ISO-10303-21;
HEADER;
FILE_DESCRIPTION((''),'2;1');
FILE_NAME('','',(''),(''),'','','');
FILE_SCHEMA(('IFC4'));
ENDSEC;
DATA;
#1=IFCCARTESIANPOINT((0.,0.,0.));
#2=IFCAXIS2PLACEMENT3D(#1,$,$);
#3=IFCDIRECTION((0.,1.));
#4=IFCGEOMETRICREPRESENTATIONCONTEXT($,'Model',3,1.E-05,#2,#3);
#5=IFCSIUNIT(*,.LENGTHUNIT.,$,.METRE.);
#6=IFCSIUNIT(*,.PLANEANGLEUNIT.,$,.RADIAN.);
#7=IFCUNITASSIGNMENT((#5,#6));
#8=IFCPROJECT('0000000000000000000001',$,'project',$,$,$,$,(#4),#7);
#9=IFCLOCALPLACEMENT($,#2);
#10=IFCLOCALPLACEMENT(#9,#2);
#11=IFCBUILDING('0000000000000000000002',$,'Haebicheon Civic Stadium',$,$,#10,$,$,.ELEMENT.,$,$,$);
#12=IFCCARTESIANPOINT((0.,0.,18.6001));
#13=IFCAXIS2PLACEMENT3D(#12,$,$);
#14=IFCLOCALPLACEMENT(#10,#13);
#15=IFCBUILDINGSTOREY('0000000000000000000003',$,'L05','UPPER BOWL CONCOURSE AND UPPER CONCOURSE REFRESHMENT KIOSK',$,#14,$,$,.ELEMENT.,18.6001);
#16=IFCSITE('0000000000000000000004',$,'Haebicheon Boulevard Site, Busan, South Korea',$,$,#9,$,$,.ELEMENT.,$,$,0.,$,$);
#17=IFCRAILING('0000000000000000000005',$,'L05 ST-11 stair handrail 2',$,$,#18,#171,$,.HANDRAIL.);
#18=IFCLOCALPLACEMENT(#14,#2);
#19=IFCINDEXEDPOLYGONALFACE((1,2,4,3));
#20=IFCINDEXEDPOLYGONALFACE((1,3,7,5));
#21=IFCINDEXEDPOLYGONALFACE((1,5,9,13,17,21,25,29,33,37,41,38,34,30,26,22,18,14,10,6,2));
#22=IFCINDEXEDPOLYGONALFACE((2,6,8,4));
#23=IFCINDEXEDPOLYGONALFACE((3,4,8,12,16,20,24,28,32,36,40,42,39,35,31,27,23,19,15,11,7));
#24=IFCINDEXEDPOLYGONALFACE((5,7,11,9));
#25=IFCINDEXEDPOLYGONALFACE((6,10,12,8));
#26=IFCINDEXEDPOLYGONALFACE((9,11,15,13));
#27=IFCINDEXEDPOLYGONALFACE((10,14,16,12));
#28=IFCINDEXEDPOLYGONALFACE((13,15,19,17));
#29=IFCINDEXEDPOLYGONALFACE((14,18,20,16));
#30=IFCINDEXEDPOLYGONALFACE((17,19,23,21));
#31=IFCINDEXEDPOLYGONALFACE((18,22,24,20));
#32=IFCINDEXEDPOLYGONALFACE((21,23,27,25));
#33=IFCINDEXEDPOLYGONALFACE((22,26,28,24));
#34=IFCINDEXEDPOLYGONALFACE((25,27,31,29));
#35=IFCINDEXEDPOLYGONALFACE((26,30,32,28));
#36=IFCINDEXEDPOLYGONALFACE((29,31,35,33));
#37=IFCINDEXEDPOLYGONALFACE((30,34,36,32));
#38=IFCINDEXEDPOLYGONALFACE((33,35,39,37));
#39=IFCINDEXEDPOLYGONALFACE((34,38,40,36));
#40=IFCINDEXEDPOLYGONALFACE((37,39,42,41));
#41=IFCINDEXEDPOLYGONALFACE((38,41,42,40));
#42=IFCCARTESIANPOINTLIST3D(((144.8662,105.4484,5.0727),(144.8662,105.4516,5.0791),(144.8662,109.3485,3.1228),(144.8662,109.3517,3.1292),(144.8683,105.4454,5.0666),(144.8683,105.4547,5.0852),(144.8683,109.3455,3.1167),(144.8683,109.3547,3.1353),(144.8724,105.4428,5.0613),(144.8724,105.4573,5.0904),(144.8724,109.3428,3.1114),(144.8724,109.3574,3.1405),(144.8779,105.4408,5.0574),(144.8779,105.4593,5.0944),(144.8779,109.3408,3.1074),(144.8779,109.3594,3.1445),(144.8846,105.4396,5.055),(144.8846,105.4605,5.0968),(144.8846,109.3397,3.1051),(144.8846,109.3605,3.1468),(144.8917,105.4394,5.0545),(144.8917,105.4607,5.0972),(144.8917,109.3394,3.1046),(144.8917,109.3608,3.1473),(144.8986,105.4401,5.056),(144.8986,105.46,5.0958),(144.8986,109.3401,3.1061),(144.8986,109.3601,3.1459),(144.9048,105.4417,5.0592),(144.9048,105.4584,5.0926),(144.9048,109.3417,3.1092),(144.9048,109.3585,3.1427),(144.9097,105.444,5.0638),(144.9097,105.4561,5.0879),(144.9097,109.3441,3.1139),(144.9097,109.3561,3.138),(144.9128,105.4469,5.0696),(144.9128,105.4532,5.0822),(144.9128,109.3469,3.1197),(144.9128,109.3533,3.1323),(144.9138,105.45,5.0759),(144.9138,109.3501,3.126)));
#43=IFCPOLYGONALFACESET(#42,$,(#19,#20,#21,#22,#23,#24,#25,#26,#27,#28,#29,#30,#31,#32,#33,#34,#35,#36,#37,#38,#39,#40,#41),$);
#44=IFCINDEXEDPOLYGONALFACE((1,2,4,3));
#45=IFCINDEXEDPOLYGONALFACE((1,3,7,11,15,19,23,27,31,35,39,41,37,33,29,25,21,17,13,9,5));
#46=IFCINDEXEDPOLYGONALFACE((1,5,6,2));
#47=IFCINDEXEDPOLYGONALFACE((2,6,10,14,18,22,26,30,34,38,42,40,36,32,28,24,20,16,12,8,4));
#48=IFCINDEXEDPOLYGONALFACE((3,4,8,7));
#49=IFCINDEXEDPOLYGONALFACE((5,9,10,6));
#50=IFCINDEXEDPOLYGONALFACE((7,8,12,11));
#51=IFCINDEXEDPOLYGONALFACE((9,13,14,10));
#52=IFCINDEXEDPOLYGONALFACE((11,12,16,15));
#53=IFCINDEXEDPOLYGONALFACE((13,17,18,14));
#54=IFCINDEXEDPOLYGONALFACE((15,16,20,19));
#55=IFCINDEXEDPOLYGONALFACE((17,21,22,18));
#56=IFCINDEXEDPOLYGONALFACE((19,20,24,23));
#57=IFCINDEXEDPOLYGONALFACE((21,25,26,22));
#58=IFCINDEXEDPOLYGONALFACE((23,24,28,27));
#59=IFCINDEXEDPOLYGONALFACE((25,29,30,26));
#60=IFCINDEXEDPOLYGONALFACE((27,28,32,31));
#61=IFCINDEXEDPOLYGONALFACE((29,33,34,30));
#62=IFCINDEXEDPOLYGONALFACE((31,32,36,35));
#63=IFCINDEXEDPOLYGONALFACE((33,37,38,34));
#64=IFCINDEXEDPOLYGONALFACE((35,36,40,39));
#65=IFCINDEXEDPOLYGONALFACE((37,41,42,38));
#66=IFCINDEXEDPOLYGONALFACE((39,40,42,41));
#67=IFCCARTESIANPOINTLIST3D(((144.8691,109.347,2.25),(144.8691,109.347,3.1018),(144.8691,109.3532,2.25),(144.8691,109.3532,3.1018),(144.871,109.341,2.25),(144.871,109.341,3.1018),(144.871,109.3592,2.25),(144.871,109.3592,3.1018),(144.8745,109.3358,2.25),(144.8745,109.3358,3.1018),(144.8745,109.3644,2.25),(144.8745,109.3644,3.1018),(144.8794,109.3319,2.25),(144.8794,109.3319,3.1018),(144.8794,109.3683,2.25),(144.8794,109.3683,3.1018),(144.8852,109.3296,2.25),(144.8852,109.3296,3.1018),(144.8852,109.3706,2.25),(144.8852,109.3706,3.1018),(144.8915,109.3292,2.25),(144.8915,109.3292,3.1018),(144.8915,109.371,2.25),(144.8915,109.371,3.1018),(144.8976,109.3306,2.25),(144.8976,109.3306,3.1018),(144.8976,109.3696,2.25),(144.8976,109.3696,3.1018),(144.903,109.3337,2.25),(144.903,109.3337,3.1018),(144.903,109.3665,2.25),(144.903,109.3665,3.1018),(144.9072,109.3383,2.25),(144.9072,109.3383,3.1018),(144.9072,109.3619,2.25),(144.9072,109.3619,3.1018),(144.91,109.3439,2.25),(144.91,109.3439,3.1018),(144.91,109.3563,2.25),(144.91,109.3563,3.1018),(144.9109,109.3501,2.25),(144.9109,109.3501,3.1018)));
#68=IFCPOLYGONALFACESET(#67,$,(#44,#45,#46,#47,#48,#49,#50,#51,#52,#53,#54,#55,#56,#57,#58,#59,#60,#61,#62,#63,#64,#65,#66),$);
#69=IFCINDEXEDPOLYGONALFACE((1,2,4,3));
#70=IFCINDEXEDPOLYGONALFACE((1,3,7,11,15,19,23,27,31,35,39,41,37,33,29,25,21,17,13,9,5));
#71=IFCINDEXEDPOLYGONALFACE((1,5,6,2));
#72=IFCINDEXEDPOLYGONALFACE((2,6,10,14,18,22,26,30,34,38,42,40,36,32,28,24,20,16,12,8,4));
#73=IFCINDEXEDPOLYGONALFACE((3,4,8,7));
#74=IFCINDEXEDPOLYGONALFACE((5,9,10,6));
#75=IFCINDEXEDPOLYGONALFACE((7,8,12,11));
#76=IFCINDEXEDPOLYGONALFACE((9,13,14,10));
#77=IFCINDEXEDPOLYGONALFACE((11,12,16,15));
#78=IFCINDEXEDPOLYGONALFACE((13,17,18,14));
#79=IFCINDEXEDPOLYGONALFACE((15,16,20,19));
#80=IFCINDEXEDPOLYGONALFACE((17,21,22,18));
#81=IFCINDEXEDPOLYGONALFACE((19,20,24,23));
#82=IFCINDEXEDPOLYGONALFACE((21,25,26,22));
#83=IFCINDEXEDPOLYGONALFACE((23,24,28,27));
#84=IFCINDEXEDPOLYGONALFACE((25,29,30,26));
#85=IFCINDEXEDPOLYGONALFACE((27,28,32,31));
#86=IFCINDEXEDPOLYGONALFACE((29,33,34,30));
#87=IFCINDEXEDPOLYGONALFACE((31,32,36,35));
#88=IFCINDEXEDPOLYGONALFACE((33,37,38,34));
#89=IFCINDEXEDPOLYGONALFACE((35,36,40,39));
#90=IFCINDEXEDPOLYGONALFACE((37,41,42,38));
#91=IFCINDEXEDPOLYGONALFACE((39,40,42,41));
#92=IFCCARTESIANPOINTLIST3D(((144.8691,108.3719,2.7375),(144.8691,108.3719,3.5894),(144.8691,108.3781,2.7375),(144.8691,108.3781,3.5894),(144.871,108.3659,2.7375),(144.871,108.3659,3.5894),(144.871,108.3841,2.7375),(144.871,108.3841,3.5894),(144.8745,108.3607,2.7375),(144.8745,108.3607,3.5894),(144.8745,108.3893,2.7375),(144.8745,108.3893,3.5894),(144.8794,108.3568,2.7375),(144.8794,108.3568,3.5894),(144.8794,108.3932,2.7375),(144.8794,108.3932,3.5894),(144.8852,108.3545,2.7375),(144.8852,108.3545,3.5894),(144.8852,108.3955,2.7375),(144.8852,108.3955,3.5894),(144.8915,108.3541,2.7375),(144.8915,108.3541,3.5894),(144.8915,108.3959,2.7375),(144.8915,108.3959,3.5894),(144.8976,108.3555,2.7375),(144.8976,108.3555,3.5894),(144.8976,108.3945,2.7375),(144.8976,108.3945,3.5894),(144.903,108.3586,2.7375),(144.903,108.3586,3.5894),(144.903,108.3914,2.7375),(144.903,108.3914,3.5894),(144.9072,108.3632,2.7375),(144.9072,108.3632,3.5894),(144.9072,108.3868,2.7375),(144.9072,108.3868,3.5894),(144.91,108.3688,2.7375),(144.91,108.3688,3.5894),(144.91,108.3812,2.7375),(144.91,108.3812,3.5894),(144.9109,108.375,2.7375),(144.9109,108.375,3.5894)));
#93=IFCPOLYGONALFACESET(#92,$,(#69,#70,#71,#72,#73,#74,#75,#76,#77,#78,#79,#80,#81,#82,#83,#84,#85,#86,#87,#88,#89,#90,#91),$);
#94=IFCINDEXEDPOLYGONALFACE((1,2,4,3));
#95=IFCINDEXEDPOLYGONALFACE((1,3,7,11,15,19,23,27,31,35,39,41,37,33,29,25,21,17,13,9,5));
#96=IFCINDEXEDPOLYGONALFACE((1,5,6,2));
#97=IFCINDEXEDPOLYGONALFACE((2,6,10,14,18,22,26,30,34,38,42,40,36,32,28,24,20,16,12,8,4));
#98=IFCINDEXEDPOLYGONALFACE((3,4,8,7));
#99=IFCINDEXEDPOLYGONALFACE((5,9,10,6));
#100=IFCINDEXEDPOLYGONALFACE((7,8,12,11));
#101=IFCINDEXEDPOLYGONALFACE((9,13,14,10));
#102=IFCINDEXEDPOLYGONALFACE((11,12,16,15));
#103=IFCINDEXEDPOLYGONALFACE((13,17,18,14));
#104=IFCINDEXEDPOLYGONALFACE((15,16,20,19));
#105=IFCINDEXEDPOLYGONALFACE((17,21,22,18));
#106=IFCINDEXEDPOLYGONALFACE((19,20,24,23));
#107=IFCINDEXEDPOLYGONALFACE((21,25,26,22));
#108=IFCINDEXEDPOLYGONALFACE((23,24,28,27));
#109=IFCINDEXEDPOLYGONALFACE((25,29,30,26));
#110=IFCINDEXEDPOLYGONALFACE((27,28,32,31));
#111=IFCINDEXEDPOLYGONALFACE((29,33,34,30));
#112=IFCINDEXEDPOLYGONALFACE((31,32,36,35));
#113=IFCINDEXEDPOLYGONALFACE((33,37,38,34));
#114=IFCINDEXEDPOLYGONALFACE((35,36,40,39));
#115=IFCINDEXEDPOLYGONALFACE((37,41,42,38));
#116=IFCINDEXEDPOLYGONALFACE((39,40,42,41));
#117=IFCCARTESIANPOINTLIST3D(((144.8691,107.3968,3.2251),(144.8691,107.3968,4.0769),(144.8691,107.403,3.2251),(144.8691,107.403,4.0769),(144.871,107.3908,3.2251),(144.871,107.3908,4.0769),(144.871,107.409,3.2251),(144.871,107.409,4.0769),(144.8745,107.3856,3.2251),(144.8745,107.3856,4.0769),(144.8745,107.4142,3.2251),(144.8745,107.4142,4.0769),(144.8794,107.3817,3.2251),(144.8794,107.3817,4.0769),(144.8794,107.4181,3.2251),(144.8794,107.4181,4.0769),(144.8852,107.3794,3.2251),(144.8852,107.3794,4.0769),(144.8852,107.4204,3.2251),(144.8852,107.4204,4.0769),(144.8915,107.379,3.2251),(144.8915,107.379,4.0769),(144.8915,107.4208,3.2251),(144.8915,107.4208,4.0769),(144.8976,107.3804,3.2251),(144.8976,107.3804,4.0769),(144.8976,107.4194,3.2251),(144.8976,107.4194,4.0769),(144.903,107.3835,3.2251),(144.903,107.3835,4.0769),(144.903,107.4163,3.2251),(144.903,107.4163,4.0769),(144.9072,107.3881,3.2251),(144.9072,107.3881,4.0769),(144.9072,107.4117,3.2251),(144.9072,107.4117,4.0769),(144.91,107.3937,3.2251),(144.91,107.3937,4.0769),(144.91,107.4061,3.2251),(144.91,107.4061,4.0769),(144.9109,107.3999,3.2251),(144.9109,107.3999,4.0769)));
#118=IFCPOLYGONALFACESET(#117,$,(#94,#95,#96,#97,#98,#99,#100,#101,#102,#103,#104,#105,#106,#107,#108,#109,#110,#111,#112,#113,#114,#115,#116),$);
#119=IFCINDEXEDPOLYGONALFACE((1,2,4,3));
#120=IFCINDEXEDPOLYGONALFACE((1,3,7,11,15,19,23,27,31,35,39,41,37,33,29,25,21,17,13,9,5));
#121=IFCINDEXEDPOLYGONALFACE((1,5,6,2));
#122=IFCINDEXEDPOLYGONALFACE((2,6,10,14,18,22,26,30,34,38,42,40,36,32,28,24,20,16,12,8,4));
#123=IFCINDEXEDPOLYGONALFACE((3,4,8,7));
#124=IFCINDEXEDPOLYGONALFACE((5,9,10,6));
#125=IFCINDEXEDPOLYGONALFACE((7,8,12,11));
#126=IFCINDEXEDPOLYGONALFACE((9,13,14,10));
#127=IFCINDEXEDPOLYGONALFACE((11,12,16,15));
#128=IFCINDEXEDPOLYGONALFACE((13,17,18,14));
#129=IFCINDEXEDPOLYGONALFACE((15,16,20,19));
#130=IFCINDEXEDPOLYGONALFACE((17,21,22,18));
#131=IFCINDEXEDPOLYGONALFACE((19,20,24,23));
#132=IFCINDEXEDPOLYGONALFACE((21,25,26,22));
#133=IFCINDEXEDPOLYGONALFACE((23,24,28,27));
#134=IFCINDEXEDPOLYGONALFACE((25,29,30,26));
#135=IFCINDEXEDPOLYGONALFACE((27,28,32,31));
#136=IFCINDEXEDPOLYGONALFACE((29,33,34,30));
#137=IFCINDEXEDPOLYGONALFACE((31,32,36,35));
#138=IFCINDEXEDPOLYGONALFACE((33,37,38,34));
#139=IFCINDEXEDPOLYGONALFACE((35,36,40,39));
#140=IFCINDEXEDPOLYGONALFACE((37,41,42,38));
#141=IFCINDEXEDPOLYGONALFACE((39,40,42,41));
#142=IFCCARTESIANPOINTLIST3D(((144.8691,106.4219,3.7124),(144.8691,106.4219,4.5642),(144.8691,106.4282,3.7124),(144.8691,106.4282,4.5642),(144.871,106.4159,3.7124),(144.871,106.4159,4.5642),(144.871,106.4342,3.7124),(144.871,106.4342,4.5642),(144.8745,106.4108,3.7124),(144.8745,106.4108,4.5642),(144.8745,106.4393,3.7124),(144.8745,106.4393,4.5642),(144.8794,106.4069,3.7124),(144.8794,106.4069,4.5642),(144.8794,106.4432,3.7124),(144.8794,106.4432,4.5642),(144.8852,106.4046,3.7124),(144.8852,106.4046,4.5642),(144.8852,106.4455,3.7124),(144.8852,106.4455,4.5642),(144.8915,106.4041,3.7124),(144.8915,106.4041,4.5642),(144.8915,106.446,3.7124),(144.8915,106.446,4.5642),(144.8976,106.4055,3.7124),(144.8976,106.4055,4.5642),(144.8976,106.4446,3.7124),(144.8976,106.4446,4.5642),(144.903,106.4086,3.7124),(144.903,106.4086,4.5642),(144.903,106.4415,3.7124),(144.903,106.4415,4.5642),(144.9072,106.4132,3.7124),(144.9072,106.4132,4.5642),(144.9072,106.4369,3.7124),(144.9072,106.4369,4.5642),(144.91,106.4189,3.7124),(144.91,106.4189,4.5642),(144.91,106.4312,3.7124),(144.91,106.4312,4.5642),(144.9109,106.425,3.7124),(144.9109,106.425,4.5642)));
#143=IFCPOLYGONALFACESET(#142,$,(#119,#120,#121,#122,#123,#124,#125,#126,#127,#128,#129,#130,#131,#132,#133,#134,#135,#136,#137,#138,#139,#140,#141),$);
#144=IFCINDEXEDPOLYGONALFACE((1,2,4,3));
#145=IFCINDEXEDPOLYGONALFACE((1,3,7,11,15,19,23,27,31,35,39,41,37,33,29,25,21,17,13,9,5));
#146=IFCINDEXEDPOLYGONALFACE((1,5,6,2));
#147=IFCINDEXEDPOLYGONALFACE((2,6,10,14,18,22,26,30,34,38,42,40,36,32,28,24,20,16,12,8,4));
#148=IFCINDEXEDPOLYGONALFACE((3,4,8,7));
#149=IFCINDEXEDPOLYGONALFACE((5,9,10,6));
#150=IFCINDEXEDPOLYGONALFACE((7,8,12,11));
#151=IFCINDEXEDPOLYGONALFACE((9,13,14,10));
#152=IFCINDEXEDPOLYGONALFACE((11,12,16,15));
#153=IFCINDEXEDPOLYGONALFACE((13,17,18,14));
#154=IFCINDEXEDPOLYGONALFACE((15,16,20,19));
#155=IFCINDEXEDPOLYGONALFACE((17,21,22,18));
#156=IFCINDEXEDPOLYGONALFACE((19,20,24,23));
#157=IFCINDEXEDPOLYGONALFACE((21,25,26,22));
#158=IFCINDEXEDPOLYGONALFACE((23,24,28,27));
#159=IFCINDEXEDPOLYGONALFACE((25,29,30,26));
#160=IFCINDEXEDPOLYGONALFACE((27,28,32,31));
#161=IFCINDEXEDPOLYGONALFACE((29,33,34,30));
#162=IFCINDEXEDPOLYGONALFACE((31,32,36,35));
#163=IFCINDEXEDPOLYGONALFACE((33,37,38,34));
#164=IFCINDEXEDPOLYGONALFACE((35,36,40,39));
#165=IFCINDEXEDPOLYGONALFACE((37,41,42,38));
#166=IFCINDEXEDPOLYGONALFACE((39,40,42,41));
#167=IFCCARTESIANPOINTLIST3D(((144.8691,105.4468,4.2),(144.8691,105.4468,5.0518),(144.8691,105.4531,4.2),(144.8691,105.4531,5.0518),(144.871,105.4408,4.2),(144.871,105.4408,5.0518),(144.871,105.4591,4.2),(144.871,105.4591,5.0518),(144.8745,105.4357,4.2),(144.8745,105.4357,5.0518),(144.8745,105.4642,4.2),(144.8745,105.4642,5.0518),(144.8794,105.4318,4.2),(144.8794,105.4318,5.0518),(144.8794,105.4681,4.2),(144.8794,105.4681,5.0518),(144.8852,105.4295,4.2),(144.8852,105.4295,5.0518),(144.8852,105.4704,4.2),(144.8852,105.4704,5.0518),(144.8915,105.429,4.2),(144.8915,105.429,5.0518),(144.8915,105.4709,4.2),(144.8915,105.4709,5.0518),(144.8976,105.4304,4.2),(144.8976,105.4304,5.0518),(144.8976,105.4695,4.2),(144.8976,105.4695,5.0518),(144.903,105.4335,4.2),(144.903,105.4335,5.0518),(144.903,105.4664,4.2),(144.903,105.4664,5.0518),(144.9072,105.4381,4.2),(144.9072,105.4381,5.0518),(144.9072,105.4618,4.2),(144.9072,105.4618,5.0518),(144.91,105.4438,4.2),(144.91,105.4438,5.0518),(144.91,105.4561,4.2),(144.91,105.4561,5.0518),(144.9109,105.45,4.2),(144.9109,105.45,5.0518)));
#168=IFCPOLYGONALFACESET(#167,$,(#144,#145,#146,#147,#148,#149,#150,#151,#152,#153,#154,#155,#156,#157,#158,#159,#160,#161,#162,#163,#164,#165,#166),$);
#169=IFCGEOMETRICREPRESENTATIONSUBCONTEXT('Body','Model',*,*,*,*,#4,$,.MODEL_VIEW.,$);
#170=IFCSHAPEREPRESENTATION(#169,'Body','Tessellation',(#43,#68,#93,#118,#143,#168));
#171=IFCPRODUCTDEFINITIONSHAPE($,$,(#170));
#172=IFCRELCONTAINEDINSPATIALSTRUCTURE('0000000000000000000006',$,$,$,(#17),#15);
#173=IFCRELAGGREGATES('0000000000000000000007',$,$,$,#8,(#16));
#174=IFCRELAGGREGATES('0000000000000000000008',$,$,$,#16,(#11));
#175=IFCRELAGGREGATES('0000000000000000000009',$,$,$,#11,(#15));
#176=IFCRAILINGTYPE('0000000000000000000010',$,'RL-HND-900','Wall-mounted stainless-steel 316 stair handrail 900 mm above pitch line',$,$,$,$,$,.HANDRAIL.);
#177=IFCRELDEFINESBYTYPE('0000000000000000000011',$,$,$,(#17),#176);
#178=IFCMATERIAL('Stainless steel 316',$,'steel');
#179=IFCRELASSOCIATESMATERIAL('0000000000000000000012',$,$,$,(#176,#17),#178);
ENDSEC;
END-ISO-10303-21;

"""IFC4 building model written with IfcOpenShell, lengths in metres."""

from ifc_helpers import new_model, si_unit, direction, frame, origin, origin_2d, place, context, subcontext, project, spatial, circle, extrude, material, type_object, element, save


model = new_model("IFC4")

# Units and contexts
model_context = context("Model", 3, precision=1e-05, world=origin(), true_north=direction((0.0, 1.0)))
body_context = subcontext(model_context, "Body", "Model", "MODEL_VIEW")
ifc_project = project(units=[si_unit("LENGTHUNIT", "METRE"), si_unit("PLANEANGLEUNIT", "RADIAN")], contexts=[model_context])

# Site, building, storey
site_placement = place(None, origin())
site = spatial("IfcSite", under=ifc_project, at=site_placement, Name="Haebicheon Boulevard Site, Busan, South Korea", CompositionType="ELEMENT", RefElevation=0.0)
building_placement = place(site_placement, origin())
building = spatial("IfcBuilding", under=site, at=building_placement, Name="Haebicheon Civic Stadium", CompositionType="ELEMENT")
storey_placement = place(building_placement, frame((0.0, 0.0, 18.6001)))
storey = spatial("IfcBuildingStorey", under=building, at=storey_placement, Name="L05", Description="UPPER BOWL CONCOURSE AND UPPER CONCOURSE REFRESHMENT KIOSK", CompositionType="ELEMENT", Elevation=18.6001)

# Railing
ifc_material_1 = material(Name="Stainless steel 316", Category="steel")
railing_type_1 = type_object("IfcRailingType", Name="RL-HND-900", Description="Wall-mounted stainless-steel 316 stair handrail 900 mm above pitch line", PredefinedType="HANDRAIL", material=ifc_material_1)
railing_1_placement = place(storey_placement, frame((144.8899, 109.3501, 2.25)))
element("IfcRailing", 1, at=railing_1_placement, inside=storey, type_object=railing_type_1, material=ifc_material_1, Name="L05 ST-11 stair handrail 2", PredefinedType="HANDRAIL", context=body_context, shape_type="SweptSolid", body=[
    extrude(circle(Radius=0.0239, at=origin_2d()), frame((0.0, 0.0, 0.876), z_axis=(0.0, -0.894438, 0.447191), x_axis=(1.0, 0.0, 0.0)), (0.0, 0.0, 1.0), 4.3604),
    extrude(circle(Radius=0.021, at=origin_2d()), origin(), (0.0, 0.0, 1.0), 0.8518),
    extrude(circle(Radius=0.021, at=origin_2d()), frame((0.0, -0.9751, 0.4875)), (0.0, 0.0, 1.0), 0.8518),
    extrude(circle(Radius=0.021, at=origin_2d()), frame((0.0, -1.9502, 0.9751)), (0.0, 0.0, 1.0), 0.8518),
    extrude(circle(Radius=0.021, at=origin_2d()), frame((0.0, -2.925, 1.4624)), (0.0, 0.0, 1.0), 0.8518),
    extrude(circle(Radius=0.021, at=origin_2d()), frame((0.0, -3.9001, 1.95)), (0.0, 0.0, 1.0), 0.8518),
])

save(model, "model.ifc")
